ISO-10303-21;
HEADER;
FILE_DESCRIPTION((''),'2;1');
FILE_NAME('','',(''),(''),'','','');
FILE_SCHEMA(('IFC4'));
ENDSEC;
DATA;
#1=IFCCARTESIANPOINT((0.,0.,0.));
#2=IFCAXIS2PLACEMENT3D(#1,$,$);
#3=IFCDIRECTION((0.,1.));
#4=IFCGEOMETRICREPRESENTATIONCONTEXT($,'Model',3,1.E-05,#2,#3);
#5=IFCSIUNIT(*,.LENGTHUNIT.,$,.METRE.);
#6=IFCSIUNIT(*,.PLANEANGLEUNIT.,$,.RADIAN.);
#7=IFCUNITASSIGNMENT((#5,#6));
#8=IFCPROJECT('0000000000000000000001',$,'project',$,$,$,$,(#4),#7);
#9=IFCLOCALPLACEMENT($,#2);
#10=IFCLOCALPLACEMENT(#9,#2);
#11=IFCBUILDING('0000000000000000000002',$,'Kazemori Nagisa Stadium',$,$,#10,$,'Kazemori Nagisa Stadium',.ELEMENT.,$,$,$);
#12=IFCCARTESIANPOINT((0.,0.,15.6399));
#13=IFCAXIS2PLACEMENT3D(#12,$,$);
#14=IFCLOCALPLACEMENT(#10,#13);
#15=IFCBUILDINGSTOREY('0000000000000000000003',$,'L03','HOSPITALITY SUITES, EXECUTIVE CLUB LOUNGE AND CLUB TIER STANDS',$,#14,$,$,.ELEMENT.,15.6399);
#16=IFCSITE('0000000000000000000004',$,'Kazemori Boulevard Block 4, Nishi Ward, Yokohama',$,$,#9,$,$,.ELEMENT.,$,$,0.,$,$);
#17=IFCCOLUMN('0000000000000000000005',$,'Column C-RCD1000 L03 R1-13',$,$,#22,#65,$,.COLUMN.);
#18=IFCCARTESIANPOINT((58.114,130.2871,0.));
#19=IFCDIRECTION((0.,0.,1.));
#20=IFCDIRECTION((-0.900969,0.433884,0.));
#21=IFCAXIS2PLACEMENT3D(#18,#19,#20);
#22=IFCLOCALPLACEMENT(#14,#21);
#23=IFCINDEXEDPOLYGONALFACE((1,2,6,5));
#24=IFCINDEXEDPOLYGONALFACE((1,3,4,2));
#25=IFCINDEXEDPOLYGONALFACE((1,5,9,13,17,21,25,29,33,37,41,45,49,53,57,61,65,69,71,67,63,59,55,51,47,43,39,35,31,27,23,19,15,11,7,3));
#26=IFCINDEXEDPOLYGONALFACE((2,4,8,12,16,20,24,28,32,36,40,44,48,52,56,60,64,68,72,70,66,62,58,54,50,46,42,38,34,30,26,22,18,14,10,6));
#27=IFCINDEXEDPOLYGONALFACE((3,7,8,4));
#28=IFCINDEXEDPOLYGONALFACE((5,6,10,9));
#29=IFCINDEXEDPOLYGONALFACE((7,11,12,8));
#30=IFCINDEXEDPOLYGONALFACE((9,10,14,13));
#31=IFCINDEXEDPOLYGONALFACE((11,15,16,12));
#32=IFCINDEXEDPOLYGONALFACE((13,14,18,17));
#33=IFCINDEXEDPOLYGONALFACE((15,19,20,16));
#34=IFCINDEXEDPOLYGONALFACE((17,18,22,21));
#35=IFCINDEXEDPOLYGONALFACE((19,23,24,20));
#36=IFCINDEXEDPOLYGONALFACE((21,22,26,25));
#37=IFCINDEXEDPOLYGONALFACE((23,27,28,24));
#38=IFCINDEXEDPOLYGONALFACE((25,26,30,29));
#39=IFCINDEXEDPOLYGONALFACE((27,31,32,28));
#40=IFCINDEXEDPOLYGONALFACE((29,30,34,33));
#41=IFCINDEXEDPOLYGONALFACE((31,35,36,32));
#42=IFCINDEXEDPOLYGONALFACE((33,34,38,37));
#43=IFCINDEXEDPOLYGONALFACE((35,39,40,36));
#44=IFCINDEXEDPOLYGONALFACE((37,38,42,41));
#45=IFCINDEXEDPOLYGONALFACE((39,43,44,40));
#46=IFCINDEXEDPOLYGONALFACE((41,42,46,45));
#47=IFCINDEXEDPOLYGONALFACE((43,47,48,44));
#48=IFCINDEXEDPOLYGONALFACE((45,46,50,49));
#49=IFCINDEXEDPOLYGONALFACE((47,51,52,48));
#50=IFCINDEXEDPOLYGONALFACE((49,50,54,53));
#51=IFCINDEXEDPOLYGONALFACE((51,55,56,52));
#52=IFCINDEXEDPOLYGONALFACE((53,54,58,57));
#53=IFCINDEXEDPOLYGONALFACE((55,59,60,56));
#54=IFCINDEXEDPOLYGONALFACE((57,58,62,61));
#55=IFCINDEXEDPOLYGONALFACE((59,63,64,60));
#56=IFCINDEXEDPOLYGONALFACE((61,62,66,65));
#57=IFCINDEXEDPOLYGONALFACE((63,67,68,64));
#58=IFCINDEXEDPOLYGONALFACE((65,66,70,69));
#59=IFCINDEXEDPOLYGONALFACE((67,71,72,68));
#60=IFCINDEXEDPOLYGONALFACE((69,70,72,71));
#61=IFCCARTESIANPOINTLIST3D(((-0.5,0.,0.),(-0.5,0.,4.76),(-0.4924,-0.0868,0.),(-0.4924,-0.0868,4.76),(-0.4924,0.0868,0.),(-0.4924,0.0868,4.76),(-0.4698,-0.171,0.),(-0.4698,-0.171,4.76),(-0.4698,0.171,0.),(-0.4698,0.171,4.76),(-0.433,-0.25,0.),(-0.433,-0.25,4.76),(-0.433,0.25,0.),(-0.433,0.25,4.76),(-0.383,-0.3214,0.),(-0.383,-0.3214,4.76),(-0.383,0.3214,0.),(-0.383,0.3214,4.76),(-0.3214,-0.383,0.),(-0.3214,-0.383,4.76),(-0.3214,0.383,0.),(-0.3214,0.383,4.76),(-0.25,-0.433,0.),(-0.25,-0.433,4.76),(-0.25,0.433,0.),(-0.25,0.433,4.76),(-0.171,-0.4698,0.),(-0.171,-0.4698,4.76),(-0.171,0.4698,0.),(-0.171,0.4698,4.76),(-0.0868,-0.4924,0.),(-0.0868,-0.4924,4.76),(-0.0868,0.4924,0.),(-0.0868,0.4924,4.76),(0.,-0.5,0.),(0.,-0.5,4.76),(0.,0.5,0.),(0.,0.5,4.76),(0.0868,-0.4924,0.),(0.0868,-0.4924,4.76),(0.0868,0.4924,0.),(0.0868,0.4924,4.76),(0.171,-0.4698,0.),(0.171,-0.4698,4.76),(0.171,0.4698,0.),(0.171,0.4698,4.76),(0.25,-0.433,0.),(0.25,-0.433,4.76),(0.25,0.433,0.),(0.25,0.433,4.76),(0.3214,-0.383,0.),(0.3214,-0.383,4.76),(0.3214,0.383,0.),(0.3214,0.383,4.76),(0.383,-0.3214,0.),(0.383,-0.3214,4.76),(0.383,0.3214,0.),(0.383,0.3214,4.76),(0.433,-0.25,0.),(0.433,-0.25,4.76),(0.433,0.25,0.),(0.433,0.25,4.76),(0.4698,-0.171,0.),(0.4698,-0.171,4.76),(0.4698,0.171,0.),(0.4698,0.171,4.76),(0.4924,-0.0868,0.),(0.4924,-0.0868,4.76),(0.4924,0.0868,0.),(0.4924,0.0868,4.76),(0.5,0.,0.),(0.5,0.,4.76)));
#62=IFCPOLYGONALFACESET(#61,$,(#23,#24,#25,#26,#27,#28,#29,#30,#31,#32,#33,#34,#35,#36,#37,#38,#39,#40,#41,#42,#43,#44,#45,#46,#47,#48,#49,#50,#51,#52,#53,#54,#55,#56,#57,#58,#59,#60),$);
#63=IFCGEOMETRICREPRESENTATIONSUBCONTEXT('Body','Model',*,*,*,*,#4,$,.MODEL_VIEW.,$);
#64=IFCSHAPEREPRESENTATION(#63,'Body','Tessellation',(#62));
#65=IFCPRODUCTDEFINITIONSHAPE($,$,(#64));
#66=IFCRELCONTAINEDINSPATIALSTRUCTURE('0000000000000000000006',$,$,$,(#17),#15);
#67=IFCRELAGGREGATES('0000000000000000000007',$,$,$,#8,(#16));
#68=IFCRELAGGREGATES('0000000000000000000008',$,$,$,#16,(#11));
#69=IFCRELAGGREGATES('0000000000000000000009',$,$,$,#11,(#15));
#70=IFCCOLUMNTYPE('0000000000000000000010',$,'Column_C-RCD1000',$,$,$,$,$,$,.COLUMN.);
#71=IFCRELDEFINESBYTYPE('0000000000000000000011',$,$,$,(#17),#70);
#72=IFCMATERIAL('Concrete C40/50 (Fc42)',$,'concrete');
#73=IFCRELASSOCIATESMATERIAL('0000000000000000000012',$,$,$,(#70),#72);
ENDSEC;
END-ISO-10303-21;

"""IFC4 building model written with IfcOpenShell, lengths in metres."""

from ifc_helpers import new_model, si_unit, direction, frame, origin, origin_2d, place, context, subcontext, project, spatial, circle, extrude, material, material_profile, profile_set, type_object, element, save


model = new_model("IFC4")

# Units and contexts
model_context = context("Model", 3, precision=1e-05, world=origin(), true_north=direction((0.0, 1.0)))
body_context = subcontext(model_context, "Body", "Model", "MODEL_VIEW")
ifc_project = project(units=[si_unit("LENGTHUNIT", "METRE"), si_unit("PLANEANGLEUNIT", "RADIAN")], contexts=[model_context])

# Site, building, storey
site_placement = place(None, origin())
site = spatial("IfcSite", under=ifc_project, at=site_placement, Name="Kazemori Boulevard Block 4, Nishi Ward, Yokohama", CompositionType="ELEMENT", RefElevation=0.0)
building_placement = place(site_placement, origin())
building = spatial("IfcBuilding", under=site, at=building_placement, Name="Kazemori Nagisa Stadium", LongName="Kazemori Nagisa Stadium", CompositionType="ELEMENT")
storey_placement = place(building_placement, frame((0.0, 0.0, 15.6399)))
storey = spatial("IfcBuildingStorey", under=building, at=storey_placement, Name="L03", Description="HOSPITALITY SUITES, EXECUTIVE CLUB LOUNGE AND CLUB TIER STANDS", CompositionType="ELEMENT", Elevation=15.6399)

# Column
ifc_material_1 = material(Name="Concrete C40/50 (Fc42)", Category="concrete")
ifc_material_profile_1 = material_profile(ifc_material_1, circle(Radius=0.5, at=origin_2d()), Name="RC-COL-D1000")
ifc_profile_set_1 = profile_set([ifc_material_profile_1], Name="Concrete C40/50 (Fc42)")
column_type = type_object("IfcColumnType", Name="Column_C-RCD1000", PredefinedType="COLUMN", material=ifc_profile_set_1)
column_placement = place(storey_placement, frame((58.114, 130.2871, 0.0), z_axis=(0.0, 0.0, 1.0), x_axis=(-0.900969, 0.433884, 0.0)))
element("IfcColumn", 1, at=column_placement, inside=storey, type_object=column_type, Name="Column C-RCD1000 L03 R1-13", PredefinedType="COLUMN", context=body_context, shape_type="SweptSolid", body=[
    extrude(circle(Radius=0.5, at=origin_2d()), origin(), (0.0, 0.0, 1.0), 4.76),
])

save(model, "model.ifc")
